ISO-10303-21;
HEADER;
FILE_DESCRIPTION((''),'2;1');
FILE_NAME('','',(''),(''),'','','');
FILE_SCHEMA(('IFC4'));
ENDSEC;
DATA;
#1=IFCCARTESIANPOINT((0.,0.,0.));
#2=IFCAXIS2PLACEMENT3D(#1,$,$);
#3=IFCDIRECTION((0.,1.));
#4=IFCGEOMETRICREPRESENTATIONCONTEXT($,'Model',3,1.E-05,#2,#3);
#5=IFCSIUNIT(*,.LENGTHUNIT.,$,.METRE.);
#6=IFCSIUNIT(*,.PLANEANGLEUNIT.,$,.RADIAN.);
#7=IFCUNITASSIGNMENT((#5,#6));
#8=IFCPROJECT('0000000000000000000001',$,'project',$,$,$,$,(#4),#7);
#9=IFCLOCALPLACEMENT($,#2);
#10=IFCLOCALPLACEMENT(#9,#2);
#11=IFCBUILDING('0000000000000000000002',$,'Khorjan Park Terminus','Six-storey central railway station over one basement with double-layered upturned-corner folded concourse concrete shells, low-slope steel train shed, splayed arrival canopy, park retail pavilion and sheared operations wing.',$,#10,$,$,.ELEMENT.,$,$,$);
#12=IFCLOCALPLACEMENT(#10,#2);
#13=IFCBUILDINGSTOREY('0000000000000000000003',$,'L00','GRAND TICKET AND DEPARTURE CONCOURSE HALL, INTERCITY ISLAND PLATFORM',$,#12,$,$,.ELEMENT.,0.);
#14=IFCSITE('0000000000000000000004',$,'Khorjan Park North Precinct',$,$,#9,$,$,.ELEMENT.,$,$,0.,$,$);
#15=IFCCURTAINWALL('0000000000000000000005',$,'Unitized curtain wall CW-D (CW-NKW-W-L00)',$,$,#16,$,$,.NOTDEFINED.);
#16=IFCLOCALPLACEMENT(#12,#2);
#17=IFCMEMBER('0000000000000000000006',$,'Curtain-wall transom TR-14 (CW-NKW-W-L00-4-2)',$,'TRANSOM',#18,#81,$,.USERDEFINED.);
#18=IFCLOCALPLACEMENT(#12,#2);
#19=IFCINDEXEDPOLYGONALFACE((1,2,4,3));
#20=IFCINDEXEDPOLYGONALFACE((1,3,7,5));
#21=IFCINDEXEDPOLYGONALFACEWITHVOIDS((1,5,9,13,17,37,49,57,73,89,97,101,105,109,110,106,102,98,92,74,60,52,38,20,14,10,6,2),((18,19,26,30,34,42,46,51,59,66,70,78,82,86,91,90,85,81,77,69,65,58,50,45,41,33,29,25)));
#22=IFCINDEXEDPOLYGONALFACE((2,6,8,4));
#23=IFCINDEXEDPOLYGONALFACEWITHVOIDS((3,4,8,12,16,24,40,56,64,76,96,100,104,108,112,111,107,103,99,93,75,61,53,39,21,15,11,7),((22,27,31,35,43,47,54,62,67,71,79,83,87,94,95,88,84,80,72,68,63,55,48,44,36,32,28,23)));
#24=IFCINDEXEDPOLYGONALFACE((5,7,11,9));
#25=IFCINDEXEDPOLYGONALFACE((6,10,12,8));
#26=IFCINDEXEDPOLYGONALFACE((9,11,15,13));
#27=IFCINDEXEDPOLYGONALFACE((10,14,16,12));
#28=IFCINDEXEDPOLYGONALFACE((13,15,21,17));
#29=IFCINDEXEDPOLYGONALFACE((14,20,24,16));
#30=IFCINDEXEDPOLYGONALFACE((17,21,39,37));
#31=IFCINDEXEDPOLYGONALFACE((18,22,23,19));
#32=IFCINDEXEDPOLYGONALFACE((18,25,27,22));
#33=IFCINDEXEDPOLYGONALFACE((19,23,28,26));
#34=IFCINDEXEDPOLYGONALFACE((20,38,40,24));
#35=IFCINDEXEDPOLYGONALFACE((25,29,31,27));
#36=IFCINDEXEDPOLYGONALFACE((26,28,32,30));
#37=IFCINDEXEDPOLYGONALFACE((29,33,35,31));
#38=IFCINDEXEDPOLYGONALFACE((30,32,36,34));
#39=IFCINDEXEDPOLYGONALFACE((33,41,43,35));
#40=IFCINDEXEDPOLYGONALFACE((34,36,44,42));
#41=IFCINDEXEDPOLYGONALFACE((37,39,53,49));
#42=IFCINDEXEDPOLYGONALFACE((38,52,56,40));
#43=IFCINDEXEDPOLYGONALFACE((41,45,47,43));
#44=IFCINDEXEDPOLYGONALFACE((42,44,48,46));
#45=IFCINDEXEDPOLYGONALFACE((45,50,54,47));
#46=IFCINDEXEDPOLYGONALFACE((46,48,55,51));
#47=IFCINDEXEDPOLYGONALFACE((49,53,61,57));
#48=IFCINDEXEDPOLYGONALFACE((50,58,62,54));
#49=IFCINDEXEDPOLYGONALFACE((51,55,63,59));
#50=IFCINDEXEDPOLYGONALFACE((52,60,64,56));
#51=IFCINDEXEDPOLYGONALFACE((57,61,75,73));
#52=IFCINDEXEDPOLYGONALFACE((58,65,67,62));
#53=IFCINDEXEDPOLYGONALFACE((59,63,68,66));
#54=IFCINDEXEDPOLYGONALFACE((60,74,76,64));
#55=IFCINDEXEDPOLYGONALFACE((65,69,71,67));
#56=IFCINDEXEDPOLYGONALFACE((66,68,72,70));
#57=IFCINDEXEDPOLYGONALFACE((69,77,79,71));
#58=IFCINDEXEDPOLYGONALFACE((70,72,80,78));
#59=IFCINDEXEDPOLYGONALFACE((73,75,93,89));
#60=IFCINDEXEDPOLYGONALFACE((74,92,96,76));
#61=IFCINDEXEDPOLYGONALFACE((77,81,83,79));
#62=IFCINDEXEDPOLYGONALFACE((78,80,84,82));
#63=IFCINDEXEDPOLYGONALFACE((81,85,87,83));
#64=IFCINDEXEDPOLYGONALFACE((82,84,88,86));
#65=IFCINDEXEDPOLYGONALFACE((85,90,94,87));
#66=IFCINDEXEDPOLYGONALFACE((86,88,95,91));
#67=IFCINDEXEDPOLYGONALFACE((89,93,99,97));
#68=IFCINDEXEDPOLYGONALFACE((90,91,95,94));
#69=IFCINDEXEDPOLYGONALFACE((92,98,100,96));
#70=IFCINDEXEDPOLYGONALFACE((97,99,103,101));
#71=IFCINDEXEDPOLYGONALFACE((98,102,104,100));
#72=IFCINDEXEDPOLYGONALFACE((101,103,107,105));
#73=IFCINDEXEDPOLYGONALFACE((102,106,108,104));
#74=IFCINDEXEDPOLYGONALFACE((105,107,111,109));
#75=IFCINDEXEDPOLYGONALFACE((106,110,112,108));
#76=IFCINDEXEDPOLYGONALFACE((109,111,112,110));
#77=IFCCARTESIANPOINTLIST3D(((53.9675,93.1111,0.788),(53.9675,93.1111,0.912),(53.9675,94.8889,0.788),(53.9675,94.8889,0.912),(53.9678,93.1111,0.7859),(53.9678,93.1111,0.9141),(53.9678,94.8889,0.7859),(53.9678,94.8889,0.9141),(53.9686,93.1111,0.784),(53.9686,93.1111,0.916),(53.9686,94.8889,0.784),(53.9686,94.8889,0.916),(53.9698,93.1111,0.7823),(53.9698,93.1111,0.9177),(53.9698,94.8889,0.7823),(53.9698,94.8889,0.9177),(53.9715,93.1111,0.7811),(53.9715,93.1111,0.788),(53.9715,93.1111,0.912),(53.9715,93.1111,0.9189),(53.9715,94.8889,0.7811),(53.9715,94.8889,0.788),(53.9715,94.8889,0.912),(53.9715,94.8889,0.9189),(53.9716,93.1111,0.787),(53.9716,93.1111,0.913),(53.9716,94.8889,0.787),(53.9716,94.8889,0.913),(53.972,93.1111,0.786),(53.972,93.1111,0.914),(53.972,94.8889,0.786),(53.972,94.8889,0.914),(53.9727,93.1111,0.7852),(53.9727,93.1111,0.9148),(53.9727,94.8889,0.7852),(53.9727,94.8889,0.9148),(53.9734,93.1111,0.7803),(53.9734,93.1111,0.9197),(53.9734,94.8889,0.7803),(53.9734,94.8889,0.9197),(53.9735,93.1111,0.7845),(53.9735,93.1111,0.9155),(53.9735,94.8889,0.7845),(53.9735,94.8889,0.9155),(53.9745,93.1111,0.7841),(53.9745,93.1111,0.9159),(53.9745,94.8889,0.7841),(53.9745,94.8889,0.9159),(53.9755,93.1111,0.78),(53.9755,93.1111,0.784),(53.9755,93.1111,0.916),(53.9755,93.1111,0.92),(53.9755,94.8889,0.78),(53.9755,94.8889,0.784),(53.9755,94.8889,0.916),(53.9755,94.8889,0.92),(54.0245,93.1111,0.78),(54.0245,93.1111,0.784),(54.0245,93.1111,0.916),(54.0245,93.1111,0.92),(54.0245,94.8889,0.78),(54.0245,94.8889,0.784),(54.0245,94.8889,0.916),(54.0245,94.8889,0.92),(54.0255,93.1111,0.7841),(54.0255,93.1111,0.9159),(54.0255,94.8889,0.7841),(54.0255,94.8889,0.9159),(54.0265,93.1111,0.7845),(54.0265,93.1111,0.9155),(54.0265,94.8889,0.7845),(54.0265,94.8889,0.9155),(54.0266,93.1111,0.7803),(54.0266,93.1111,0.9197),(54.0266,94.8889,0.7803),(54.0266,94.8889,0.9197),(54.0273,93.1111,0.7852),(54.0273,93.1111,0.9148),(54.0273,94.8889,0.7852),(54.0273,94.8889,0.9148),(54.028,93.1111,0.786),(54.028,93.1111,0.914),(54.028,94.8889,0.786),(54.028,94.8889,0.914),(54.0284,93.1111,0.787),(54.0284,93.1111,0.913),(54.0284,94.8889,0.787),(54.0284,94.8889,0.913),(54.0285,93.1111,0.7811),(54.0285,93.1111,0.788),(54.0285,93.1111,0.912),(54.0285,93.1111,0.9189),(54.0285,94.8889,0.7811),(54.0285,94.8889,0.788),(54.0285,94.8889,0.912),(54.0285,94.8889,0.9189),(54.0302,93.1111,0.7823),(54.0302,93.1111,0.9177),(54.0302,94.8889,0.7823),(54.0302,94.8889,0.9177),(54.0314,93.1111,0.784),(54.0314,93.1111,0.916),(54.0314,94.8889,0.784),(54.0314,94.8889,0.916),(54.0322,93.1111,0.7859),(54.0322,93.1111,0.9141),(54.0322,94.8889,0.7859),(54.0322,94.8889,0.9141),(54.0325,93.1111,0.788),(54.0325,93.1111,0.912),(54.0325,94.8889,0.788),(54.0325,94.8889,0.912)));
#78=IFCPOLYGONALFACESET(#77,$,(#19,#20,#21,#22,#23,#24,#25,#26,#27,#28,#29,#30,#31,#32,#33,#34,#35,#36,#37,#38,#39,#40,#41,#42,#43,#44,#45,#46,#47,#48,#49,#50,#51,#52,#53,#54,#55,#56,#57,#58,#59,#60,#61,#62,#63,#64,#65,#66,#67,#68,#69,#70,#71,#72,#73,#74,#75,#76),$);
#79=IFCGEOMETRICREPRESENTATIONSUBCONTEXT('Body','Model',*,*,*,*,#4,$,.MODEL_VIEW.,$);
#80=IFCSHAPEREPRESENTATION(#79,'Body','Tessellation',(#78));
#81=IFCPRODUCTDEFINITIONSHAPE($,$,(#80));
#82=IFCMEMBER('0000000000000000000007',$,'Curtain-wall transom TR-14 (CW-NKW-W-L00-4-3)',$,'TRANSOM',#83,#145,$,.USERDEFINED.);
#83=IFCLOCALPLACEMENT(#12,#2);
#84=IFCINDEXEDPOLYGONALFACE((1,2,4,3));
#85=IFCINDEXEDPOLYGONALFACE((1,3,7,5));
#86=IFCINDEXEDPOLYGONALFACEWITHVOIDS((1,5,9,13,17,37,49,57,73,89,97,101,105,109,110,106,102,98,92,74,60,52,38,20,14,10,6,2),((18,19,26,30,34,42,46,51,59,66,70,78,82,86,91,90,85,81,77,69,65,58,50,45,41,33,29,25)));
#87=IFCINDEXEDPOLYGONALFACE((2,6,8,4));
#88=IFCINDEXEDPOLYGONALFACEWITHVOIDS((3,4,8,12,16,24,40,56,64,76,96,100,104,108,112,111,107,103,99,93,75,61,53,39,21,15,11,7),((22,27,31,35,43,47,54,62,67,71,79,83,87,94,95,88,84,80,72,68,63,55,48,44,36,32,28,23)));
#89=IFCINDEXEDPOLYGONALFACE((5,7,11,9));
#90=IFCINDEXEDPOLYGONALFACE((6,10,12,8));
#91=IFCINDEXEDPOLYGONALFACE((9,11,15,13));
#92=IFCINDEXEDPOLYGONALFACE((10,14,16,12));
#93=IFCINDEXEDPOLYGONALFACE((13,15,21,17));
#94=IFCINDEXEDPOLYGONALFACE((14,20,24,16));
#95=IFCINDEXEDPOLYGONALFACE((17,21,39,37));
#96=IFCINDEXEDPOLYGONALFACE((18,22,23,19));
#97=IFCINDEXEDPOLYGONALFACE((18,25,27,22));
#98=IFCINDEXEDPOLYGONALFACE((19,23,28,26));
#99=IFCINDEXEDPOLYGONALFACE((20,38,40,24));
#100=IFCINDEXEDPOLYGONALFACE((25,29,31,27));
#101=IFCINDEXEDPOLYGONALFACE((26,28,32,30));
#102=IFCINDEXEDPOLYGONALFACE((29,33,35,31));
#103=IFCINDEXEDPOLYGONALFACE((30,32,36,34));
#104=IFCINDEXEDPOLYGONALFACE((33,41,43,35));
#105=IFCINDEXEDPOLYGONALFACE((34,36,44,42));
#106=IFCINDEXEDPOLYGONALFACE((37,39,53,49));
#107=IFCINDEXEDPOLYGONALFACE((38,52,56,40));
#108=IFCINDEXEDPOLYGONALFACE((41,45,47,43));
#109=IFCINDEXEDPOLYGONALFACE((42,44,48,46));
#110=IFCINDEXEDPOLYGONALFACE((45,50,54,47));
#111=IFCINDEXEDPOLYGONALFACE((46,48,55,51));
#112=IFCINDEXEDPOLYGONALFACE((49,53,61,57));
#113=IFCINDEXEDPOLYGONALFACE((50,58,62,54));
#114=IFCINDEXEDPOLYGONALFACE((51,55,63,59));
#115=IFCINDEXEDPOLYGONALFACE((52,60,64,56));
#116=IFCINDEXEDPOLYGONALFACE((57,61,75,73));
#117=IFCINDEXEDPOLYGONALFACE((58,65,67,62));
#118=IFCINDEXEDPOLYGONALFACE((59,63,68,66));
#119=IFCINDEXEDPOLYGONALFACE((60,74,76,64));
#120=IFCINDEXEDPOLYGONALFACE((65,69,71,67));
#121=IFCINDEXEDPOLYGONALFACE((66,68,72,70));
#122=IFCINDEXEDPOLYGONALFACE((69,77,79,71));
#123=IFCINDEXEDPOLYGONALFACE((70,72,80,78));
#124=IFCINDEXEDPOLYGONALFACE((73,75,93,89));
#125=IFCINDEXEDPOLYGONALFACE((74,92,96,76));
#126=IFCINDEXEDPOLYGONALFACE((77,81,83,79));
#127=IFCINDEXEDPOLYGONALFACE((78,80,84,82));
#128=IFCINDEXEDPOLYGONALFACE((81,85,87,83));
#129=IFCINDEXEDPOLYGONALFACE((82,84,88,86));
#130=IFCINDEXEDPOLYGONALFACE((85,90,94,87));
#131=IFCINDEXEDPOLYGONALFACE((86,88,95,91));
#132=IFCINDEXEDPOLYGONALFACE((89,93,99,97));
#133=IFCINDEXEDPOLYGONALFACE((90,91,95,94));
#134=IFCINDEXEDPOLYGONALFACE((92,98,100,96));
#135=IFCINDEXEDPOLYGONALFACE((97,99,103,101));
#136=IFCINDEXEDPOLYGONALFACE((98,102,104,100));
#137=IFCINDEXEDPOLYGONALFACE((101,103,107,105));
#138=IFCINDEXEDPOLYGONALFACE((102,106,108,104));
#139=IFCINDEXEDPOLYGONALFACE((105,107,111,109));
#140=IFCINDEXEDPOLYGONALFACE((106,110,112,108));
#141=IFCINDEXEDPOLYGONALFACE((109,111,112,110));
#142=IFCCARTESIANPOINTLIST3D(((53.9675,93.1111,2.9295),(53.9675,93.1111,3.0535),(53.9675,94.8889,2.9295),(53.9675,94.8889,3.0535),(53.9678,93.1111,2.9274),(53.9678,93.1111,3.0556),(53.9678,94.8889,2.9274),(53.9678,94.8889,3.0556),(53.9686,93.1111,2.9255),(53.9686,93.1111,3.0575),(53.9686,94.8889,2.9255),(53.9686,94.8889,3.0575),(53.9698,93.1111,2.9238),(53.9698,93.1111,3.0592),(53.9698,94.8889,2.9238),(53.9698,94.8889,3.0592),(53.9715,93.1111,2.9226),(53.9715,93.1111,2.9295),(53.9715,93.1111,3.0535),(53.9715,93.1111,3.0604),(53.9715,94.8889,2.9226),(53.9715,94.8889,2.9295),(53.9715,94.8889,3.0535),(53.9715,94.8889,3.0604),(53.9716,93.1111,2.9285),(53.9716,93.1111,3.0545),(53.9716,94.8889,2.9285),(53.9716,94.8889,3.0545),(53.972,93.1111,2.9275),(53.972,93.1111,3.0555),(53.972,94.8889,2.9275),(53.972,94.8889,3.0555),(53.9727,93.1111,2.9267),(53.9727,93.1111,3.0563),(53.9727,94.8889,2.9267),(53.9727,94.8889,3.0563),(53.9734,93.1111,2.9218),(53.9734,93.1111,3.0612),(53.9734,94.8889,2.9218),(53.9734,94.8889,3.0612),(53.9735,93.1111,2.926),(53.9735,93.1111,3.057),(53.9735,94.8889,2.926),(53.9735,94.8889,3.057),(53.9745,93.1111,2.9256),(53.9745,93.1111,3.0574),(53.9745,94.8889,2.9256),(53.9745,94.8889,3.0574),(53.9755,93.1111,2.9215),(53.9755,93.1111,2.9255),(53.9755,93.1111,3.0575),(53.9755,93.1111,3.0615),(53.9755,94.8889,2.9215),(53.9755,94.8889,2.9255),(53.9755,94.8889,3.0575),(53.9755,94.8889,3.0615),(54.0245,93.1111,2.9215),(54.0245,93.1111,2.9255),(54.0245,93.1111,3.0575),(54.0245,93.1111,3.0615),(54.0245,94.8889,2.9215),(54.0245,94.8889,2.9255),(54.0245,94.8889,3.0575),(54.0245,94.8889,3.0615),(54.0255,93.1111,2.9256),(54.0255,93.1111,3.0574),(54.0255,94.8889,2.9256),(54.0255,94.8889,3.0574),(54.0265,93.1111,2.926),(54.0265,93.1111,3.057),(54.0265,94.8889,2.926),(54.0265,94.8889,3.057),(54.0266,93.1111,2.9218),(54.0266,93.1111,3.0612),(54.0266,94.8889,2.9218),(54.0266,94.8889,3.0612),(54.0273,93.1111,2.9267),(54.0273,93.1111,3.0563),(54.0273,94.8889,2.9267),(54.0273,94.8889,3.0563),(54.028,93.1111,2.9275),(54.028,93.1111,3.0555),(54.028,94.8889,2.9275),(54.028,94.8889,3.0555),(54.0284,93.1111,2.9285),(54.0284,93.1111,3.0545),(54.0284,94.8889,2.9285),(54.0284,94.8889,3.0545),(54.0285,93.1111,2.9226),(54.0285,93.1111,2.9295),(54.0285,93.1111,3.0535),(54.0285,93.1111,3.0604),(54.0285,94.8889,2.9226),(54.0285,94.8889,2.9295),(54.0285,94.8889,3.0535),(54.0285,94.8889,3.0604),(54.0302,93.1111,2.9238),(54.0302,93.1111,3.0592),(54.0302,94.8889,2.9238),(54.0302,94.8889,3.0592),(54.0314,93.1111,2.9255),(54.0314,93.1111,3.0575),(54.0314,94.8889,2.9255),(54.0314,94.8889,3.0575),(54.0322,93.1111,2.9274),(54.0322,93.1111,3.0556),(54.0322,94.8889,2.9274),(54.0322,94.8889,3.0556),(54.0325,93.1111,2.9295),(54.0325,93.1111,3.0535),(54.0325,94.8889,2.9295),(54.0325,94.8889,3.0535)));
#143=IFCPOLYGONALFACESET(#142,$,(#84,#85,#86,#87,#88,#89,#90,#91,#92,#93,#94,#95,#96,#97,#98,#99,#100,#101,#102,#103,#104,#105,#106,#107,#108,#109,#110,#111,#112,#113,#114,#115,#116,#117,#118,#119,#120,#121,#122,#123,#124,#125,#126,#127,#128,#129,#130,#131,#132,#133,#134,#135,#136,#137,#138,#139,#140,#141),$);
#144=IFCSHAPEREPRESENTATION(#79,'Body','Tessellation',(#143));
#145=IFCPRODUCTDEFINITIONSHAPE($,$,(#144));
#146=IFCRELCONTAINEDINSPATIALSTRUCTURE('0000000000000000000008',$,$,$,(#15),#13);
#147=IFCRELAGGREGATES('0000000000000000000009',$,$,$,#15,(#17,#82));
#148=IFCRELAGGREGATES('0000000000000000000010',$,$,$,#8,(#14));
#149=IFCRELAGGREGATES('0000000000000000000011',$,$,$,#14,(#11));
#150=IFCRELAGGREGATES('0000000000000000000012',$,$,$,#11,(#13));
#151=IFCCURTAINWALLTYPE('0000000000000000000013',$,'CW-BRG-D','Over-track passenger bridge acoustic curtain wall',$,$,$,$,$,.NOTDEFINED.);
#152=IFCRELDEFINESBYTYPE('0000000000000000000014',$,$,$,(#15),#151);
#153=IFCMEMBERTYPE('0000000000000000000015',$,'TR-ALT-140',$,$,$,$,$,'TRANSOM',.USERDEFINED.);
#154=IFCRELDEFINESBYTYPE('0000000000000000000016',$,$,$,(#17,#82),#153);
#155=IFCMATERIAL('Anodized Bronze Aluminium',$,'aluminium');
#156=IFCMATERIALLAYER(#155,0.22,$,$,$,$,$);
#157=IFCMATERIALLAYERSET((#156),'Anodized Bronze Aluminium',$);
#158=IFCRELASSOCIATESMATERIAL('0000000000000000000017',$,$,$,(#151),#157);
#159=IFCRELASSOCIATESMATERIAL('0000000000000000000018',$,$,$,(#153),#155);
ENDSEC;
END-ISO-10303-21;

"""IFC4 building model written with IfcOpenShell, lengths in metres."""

from ifc_helpers import new_model, si_unit, direction, frame, origin, origin_2d, place, context, subcontext, project, spatial, hollow_rectangle, extrude, material, layer, layer_set, material_profile, profile_set, type_object, element, aggregate, save


model = new_model("IFC4")

# Units and contexts
model_context = context("Model", 3, precision=1e-05, world=origin(), true_north=direction((0.0, 1.0)))
body_context = subcontext(model_context, "Body", "Model", "MODEL_VIEW")
ifc_project = project(units=[si_unit("LENGTHUNIT", "METRE"), si_unit("PLANEANGLEUNIT", "RADIAN")], contexts=[model_context])

# Site, building, storey
site_placement = place(None, origin())
site = spatial("IfcSite", under=ifc_project, at=site_placement, Name="Khorjan Park North Precinct", CompositionType="ELEMENT", RefElevation=0.0)
building_placement = place(site_placement, origin())
building = spatial("IfcBuilding", under=site, at=building_placement, Name="Khorjan Park Terminus", Description="Six-storey central railway station over one basement with double-layered upturned-corner folded concourse concrete shells, low-slope steel train shed, splayed arrival canopy, park retail pavilion and sheared operations wing.", CompositionType="ELEMENT")
storey_placement = place(building_placement, origin())
storey = spatial("IfcBuildingStorey", under=building, at=storey_placement, Name="L00", Description="GRAND TICKET AND DEPARTURE CONCOURSE HALL, INTERCITY ISLAND PLATFORM", CompositionType="ELEMENT", Elevation=0.0)

# Curtain wall, members
ifc_material_1 = material(Name="Anodized Bronze Aluminium", Category="aluminium")
ifc_layer_1 = layer(ifc_material_1, 0.22)
ifc_layer_set_1 = layer_set([ifc_layer_1], Name="Anodized Bronze Aluminium")
curtain_wall_type = type_object("IfcCurtainWallType", Name="CW-BRG-D", Description="Over-track passenger bridge acoustic curtain wall", PredefinedType="NOTDEFINED", material=ifc_layer_set_1)
curtain_wall_placement = place(storey_placement, origin())
curtain_wall = element("IfcCurtainWall", 1, at=curtain_wall_placement, inside=storey, type_object=curtain_wall_type, Name="Unitized curtain wall CW-D (CW-NKW-W-L00)", PredefinedType="NOTDEFINED")
ifc_material_profile_1 = material_profile(ifc_material_1, hollow_rectangle(XDim=0.065, YDim=0.14, WallThickness=0.004, InnerFilletRadius=0.004, OuterFilletRadius=0.008, at=origin_2d()), Name="ALT 65x140x4")
ifc_profile_set_1 = profile_set([ifc_material_profile_1], Name="Anodized Bronze Aluminium")
member_type_1 = type_object("IfcMemberType", Name="TR-ALT-140", ElementType="TRANSOM", PredefinedType="USERDEFINED", material=ifc_profile_set_1)
member_1_placement = place(storey_placement, frame((54.0, 94.8889, 0.85), z_axis=(0.0, -1.0, 0.0), x_axis=(1.0, 0.0, 0.0)))
member_1 = element("IfcMember", 2, at=member_1_placement, type_object=member_type_1, Name="Curtain-wall transom TR-14 (CW-NKW-W-L00-4-2)", ObjectType="TRANSOM", PredefinedType="USERDEFINED", context=body_context, shape_type="SweptSolid", body=[
    extrude(hollow_rectangle(XDim=0.065, YDim=0.14, WallThickness=0.004, InnerFilletRadius=0.004, OuterFilletRadius=0.008, at=origin_2d()), origin(), (0.0, 0.0, 1.0), 1.7778),
])
member_2_placement = place(storey_placement, frame((54.0, 94.8889, 2.9915), z_axis=(0.0, -1.0, 0.0), x_axis=(1.0, 0.0, 0.0)))
member_2 = element("IfcMember", 3, at=member_2_placement, type_object=member_type_1, Name="Curtain-wall transom TR-14 (CW-NKW-W-L00-4-3)", ObjectType="TRANSOM", PredefinedType="USERDEFINED", context=body_context, shape_type="SweptSolid", body=[
    extrude(hollow_rectangle(XDim=0.065, YDim=0.14, WallThickness=0.004, InnerFilletRadius=0.004, OuterFilletRadius=0.008, at=origin_2d()), origin(), (0.0, 0.0, 1.0), 1.7778),
])
aggregate(curtain_wall, [member_1, member_2])

save(model, "model.ifc")
